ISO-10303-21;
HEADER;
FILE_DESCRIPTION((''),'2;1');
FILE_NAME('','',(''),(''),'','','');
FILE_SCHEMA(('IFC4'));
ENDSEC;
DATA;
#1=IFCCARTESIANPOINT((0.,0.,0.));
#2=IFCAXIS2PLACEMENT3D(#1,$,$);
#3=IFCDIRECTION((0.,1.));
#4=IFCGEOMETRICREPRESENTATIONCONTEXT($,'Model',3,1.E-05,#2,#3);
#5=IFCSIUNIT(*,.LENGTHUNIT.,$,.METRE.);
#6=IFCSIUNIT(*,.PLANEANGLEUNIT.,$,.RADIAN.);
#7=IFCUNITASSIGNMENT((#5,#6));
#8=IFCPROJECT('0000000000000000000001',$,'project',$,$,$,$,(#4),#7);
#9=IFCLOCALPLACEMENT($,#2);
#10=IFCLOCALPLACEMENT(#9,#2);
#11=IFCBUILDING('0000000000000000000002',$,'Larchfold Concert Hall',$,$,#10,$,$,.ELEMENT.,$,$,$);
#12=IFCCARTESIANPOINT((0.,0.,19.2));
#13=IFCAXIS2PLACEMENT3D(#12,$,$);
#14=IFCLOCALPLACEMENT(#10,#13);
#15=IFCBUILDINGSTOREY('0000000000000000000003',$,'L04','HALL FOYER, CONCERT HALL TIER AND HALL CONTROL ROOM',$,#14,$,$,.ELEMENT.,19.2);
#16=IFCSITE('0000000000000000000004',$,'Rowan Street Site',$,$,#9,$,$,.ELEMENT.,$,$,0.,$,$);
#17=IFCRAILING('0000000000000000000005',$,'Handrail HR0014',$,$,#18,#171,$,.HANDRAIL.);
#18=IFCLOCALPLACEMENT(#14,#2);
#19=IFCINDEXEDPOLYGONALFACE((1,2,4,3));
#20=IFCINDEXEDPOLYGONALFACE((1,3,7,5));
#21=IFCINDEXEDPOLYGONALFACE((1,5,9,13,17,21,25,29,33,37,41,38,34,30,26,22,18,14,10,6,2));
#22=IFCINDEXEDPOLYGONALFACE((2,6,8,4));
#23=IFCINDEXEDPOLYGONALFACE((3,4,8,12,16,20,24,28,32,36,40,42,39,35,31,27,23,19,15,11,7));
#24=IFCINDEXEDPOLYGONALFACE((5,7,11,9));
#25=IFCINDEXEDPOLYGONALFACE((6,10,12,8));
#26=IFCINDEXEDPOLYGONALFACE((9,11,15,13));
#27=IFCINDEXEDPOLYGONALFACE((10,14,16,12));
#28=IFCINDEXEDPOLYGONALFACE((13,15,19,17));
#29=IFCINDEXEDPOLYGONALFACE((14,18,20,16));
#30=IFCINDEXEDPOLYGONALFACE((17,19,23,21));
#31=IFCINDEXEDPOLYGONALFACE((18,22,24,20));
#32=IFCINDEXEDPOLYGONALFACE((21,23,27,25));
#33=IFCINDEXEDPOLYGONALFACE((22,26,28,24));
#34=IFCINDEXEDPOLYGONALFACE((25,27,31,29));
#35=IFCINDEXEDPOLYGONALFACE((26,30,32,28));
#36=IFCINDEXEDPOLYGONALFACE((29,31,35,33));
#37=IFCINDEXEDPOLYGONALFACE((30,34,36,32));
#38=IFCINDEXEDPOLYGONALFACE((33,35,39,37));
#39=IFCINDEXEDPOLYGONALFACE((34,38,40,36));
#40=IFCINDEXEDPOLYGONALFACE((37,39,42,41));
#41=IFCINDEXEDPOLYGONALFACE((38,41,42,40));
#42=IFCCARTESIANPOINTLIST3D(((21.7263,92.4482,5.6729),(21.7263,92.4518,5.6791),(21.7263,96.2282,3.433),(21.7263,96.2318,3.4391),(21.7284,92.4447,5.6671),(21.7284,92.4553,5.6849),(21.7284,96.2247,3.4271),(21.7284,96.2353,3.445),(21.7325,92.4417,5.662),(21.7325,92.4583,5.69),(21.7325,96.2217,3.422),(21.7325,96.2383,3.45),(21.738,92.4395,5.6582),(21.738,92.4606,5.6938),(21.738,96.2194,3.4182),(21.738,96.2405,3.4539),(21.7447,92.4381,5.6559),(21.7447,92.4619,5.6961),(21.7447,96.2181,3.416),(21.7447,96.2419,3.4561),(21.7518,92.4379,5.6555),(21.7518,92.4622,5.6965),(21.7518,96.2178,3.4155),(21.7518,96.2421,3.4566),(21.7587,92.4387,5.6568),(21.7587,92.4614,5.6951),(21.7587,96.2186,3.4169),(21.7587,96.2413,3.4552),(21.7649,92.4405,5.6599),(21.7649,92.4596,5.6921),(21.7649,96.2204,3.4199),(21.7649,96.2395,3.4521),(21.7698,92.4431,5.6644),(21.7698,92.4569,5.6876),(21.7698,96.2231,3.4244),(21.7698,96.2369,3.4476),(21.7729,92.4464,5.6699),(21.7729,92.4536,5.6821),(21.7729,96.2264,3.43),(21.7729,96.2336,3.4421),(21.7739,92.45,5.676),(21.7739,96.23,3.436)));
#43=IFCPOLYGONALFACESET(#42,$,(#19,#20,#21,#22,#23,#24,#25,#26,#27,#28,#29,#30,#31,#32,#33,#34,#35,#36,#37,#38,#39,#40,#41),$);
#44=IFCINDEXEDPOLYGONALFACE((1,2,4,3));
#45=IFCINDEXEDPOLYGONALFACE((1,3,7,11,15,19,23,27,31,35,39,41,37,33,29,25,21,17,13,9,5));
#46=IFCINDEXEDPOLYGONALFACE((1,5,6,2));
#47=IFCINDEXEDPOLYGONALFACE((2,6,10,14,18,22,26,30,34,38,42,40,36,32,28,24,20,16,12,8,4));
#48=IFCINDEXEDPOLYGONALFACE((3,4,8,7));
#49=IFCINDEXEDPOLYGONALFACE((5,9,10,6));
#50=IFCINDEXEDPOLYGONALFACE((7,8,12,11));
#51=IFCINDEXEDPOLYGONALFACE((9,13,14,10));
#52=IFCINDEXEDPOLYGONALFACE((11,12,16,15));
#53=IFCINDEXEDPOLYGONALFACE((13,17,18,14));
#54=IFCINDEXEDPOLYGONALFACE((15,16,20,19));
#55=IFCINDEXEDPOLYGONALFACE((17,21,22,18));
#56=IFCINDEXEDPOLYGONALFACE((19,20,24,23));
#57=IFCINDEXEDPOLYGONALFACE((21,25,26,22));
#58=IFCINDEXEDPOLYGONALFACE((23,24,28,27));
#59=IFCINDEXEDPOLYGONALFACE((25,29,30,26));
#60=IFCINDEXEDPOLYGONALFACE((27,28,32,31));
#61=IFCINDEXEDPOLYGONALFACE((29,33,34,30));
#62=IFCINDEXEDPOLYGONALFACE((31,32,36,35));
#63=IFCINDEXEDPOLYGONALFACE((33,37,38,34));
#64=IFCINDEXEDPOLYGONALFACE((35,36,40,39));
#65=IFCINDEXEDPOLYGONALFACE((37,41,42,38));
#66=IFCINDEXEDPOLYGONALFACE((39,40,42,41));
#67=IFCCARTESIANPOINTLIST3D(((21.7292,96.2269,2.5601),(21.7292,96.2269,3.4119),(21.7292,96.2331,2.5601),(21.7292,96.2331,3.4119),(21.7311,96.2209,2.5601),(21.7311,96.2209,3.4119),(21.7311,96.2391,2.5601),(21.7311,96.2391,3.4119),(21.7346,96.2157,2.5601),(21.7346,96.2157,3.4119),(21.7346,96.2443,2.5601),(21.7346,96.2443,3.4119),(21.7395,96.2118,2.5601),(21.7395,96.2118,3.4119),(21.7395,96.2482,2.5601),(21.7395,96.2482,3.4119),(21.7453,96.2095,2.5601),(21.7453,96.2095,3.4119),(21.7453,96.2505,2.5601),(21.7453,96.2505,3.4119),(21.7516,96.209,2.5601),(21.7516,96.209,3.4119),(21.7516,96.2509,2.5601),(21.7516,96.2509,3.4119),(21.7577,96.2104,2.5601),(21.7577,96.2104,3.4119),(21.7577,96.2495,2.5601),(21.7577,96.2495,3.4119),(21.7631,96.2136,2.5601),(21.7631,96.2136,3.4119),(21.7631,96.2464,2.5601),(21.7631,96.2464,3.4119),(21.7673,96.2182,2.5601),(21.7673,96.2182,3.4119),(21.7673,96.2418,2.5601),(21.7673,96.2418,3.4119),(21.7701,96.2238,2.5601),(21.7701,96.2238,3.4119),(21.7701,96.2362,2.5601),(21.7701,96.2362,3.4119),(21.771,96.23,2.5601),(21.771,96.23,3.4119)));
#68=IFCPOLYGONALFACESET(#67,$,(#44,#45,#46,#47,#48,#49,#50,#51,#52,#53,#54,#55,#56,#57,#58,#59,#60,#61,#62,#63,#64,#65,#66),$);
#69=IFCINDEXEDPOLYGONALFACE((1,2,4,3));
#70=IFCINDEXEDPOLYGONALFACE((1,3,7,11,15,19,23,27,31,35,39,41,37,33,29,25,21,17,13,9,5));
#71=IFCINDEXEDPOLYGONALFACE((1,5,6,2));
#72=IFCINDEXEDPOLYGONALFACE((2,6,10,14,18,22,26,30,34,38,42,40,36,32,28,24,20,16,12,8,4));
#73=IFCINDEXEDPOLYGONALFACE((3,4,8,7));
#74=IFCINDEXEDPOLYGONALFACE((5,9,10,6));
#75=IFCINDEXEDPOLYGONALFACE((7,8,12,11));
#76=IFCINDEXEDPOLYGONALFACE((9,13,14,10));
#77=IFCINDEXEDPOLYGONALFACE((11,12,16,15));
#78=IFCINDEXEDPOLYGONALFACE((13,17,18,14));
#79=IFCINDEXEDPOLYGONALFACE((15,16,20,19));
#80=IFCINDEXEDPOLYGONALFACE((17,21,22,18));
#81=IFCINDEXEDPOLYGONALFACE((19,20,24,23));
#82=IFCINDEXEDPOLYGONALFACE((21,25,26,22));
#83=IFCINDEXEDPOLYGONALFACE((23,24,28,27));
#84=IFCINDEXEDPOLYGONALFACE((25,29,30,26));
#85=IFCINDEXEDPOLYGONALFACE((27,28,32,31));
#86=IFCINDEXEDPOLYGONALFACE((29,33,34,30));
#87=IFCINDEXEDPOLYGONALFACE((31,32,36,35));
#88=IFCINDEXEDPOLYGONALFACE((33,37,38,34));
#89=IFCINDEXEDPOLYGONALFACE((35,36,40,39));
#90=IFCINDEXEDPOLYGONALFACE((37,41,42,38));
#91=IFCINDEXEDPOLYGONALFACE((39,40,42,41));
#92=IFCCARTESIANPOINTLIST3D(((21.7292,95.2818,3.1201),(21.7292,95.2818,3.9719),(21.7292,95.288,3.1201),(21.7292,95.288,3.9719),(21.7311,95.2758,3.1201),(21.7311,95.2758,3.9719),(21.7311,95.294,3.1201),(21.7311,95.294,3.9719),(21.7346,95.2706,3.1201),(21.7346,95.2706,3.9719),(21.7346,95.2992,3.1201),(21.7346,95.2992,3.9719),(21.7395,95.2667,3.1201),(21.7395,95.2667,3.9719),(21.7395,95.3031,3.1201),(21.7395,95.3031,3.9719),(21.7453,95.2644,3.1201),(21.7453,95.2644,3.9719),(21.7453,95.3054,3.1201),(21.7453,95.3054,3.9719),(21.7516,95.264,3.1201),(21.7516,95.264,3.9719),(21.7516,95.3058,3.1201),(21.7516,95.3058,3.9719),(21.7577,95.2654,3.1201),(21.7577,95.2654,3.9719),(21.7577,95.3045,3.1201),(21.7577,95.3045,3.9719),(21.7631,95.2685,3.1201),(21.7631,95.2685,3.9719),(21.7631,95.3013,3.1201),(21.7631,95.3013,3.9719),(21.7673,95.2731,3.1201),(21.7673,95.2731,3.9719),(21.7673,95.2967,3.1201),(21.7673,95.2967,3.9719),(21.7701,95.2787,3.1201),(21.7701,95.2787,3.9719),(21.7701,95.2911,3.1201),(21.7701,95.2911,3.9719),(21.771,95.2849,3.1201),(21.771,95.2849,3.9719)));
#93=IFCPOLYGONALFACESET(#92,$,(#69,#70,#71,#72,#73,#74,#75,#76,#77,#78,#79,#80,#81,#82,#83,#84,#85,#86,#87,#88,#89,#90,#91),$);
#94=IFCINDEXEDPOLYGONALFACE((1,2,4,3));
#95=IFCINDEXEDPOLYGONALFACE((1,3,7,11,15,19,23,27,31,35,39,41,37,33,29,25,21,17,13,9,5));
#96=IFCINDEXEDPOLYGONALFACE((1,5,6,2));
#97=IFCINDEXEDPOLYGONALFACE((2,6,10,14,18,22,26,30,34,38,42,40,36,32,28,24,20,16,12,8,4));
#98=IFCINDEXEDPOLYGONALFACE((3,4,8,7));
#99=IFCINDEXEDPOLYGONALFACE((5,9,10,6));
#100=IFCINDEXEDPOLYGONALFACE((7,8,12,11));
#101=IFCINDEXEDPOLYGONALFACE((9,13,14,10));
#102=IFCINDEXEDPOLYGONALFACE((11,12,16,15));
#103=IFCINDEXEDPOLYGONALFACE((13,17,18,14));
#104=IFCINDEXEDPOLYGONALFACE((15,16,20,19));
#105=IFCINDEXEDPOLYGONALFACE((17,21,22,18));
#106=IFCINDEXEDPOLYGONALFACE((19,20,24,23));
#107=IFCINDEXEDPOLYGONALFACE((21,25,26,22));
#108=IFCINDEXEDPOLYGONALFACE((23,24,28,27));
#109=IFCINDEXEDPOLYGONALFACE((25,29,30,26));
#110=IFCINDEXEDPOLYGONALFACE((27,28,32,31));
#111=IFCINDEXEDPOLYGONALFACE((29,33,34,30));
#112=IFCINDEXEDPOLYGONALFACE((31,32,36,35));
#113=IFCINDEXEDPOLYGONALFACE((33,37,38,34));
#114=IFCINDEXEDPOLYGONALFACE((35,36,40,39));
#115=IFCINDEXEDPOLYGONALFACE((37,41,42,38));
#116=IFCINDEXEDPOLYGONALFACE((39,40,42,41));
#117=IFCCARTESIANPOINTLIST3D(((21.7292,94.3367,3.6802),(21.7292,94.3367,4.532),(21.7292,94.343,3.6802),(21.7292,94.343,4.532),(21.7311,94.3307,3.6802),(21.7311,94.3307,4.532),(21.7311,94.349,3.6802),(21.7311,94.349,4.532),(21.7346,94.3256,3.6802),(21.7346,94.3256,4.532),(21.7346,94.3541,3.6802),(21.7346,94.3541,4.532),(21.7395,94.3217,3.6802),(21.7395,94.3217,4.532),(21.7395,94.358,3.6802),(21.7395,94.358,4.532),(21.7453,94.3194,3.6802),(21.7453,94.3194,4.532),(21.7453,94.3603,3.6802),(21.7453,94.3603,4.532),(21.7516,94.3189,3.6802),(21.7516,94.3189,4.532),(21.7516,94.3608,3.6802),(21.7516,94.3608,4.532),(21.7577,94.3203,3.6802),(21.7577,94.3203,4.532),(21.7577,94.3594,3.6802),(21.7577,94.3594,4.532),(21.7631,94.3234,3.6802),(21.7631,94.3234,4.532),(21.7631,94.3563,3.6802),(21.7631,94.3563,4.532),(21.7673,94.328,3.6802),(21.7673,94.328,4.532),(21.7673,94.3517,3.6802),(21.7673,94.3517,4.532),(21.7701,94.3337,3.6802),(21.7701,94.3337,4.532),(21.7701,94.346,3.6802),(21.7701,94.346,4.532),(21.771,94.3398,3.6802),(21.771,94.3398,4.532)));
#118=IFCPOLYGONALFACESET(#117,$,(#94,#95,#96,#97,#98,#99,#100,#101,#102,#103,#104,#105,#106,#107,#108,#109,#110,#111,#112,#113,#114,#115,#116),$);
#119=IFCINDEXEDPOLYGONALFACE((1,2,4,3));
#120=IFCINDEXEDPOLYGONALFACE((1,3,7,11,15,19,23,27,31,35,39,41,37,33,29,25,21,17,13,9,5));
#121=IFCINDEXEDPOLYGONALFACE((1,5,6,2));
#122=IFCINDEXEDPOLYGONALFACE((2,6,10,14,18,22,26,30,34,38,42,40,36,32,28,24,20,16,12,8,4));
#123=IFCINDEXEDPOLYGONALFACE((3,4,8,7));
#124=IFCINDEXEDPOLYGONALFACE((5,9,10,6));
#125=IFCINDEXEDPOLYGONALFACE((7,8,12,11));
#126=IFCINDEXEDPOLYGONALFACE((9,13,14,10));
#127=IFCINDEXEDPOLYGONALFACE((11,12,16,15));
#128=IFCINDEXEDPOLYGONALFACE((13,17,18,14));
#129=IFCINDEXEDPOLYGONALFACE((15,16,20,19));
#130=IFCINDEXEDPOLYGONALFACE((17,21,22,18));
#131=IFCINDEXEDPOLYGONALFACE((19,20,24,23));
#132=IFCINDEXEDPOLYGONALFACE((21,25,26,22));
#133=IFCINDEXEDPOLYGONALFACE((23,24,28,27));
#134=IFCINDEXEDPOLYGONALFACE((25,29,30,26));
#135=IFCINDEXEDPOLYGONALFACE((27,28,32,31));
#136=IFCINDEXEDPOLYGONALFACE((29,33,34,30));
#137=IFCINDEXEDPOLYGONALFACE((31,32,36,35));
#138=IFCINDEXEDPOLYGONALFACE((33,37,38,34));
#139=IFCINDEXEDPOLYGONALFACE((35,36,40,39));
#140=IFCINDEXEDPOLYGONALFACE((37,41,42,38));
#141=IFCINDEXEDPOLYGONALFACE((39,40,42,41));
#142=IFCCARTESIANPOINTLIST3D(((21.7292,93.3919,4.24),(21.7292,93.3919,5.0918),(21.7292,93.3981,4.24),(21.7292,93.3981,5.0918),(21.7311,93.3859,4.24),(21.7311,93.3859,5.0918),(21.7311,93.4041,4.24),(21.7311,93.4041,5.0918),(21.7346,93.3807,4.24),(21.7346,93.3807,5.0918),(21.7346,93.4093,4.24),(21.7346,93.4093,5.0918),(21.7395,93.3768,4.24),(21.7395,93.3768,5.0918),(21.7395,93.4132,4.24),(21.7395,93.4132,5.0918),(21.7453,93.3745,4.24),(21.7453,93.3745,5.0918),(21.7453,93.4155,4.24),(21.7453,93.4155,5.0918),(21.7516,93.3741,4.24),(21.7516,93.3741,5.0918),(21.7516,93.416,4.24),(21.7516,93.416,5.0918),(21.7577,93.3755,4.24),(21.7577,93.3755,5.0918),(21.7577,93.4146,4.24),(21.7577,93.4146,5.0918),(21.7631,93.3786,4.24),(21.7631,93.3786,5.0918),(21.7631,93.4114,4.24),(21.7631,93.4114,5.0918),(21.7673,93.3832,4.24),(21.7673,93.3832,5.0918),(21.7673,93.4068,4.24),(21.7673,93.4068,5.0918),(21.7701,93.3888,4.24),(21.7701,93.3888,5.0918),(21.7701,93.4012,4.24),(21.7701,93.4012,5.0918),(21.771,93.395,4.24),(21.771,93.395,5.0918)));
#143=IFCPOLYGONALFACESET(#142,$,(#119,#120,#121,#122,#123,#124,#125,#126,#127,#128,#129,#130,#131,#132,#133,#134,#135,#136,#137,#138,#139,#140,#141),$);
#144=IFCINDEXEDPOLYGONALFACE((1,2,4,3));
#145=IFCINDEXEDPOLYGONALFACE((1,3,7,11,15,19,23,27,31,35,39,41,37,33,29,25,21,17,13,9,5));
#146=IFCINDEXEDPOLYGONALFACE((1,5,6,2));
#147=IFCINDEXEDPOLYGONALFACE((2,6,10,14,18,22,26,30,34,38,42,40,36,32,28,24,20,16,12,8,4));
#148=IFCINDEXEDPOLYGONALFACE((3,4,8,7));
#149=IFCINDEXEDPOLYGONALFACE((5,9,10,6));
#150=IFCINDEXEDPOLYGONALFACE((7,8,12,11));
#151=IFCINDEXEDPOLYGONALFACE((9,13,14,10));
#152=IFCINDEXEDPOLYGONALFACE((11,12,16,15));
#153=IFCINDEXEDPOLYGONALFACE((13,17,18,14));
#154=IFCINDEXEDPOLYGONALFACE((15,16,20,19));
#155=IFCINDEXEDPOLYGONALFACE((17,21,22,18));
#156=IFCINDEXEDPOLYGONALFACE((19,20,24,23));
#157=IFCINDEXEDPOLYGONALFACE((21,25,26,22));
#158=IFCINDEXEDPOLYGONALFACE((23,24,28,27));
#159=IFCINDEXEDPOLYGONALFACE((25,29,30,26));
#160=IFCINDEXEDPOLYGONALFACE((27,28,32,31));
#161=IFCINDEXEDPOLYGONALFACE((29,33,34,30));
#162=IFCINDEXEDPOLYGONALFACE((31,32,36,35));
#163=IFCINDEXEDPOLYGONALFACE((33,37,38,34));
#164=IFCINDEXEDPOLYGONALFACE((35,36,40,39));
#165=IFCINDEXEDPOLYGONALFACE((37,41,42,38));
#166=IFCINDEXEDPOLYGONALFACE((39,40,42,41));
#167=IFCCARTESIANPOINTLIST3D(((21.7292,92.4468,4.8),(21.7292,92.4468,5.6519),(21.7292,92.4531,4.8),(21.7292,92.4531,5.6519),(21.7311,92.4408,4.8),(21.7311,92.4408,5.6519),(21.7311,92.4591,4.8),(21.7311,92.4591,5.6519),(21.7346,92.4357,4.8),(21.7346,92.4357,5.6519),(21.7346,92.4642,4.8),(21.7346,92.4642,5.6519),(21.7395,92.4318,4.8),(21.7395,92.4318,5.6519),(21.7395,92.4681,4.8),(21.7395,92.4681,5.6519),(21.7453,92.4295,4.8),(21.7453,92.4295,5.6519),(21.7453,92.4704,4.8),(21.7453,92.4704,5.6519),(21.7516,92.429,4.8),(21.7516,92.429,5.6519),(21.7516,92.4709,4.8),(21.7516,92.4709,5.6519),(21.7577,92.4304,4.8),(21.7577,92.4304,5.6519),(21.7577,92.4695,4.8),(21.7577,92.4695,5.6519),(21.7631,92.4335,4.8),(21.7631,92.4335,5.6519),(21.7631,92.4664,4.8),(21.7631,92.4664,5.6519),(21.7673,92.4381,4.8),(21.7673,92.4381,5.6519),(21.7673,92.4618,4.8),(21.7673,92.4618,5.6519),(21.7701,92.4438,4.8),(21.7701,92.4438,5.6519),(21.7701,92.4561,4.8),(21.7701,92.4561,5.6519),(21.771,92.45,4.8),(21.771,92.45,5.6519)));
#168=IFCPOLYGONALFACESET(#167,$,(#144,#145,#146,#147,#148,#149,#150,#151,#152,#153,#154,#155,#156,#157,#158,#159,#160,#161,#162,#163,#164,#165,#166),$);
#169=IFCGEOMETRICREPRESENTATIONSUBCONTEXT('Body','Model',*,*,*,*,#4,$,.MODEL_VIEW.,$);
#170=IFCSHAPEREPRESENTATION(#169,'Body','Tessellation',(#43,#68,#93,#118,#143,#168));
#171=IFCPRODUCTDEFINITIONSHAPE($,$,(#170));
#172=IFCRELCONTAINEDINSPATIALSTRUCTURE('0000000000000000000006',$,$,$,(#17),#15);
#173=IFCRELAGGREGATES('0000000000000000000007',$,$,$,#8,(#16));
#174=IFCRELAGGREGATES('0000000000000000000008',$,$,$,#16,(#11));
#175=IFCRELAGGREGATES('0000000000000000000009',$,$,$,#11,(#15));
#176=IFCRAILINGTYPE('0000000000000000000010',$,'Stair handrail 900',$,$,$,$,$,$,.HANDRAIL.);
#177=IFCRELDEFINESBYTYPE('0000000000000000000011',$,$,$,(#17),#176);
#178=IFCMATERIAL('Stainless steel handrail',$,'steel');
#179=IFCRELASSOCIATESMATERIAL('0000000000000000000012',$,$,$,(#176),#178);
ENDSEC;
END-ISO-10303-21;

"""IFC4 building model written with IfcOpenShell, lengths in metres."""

from ifc_helpers import new_model, si_unit, direction, frame, origin, origin_2d, place, context, subcontext, project, spatial, circle, extrude, material, type_object, element, save


model = new_model("IFC4")

# Units and contexts
model_context = context("Model", 3, precision=1e-05, world=origin(), true_north=direction((0.0, 1.0)))
body_context = subcontext(model_context, "Body", "Model", "MODEL_VIEW")
ifc_project = project(units=[si_unit("LENGTHUNIT", "METRE"), si_unit("PLANEANGLEUNIT", "RADIAN")], contexts=[model_context])

# Site, building, storey
site_placement = place(None, origin())
site = spatial("IfcSite", under=ifc_project, at=site_placement, Name="Rowan Street Site", CompositionType="ELEMENT", RefElevation=0.0)
building_placement = place(site_placement, origin())
building = spatial("IfcBuilding", under=site, at=building_placement, Name="Larchfold Concert Hall", CompositionType="ELEMENT")
storey_placement = place(building_placement, frame((0.0, 0.0, 19.2)))
storey = spatial("IfcBuildingStorey", under=building, at=storey_placement, Name="L04", Description="HALL FOYER, CONCERT HALL TIER AND HALL CONTROL ROOM", CompositionType="ELEMENT", Elevation=19.2)

# Railing
ifc_material_1 = material(Name="Stainless steel handrail", Category="steel")
railing_type_1 = type_object("IfcRailingType", Name="Stair handrail 900", PredefinedType="HANDRAIL", material=ifc_material_1)
railing_1_placement = place(storey_placement, frame((21.75, 96.23, 2.5601)))
element("IfcRailing", 1, at=railing_1_placement, inside=storey, type_object=railing_type_1, Name="Handrail HR0014", PredefinedType="HANDRAIL", context=body_context, shape_type="SweptSolid", body=[
    extrude(circle(Radius=0.0239, at=origin_2d()), frame((0.0, 0.0, 0.876), z_axis=(0.0, -0.860294, 0.509798), x_axis=(1.0, 0.0, 0.0)), (0.0, 0.0, 1.0), 4.3938),
    extrude(circle(Radius=0.021, at=origin_2d()), origin(), (0.0, 0.0, 1.0), 0.8518),
    extrude(circle(Radius=0.021, at=origin_2d()), frame((0.0, -0.9451, 0.5601)), (0.0, 0.0, 1.0), 0.8518),
    extrude(circle(Radius=0.021, at=origin_2d()), frame((0.0, -1.8901, 1.1201)), (0.0, 0.0, 1.0), 0.8518),
    extrude(circle(Radius=0.021, at=origin_2d()), frame((0.0, -2.835, 1.6799)), (0.0, 0.0, 1.0), 0.8518),
    extrude(circle(Radius=0.021, at=origin_2d()), frame((0.0, -3.78, 2.24)), (0.0, 0.0, 1.0), 0.8518),
])

save(model, "model.ifc")
